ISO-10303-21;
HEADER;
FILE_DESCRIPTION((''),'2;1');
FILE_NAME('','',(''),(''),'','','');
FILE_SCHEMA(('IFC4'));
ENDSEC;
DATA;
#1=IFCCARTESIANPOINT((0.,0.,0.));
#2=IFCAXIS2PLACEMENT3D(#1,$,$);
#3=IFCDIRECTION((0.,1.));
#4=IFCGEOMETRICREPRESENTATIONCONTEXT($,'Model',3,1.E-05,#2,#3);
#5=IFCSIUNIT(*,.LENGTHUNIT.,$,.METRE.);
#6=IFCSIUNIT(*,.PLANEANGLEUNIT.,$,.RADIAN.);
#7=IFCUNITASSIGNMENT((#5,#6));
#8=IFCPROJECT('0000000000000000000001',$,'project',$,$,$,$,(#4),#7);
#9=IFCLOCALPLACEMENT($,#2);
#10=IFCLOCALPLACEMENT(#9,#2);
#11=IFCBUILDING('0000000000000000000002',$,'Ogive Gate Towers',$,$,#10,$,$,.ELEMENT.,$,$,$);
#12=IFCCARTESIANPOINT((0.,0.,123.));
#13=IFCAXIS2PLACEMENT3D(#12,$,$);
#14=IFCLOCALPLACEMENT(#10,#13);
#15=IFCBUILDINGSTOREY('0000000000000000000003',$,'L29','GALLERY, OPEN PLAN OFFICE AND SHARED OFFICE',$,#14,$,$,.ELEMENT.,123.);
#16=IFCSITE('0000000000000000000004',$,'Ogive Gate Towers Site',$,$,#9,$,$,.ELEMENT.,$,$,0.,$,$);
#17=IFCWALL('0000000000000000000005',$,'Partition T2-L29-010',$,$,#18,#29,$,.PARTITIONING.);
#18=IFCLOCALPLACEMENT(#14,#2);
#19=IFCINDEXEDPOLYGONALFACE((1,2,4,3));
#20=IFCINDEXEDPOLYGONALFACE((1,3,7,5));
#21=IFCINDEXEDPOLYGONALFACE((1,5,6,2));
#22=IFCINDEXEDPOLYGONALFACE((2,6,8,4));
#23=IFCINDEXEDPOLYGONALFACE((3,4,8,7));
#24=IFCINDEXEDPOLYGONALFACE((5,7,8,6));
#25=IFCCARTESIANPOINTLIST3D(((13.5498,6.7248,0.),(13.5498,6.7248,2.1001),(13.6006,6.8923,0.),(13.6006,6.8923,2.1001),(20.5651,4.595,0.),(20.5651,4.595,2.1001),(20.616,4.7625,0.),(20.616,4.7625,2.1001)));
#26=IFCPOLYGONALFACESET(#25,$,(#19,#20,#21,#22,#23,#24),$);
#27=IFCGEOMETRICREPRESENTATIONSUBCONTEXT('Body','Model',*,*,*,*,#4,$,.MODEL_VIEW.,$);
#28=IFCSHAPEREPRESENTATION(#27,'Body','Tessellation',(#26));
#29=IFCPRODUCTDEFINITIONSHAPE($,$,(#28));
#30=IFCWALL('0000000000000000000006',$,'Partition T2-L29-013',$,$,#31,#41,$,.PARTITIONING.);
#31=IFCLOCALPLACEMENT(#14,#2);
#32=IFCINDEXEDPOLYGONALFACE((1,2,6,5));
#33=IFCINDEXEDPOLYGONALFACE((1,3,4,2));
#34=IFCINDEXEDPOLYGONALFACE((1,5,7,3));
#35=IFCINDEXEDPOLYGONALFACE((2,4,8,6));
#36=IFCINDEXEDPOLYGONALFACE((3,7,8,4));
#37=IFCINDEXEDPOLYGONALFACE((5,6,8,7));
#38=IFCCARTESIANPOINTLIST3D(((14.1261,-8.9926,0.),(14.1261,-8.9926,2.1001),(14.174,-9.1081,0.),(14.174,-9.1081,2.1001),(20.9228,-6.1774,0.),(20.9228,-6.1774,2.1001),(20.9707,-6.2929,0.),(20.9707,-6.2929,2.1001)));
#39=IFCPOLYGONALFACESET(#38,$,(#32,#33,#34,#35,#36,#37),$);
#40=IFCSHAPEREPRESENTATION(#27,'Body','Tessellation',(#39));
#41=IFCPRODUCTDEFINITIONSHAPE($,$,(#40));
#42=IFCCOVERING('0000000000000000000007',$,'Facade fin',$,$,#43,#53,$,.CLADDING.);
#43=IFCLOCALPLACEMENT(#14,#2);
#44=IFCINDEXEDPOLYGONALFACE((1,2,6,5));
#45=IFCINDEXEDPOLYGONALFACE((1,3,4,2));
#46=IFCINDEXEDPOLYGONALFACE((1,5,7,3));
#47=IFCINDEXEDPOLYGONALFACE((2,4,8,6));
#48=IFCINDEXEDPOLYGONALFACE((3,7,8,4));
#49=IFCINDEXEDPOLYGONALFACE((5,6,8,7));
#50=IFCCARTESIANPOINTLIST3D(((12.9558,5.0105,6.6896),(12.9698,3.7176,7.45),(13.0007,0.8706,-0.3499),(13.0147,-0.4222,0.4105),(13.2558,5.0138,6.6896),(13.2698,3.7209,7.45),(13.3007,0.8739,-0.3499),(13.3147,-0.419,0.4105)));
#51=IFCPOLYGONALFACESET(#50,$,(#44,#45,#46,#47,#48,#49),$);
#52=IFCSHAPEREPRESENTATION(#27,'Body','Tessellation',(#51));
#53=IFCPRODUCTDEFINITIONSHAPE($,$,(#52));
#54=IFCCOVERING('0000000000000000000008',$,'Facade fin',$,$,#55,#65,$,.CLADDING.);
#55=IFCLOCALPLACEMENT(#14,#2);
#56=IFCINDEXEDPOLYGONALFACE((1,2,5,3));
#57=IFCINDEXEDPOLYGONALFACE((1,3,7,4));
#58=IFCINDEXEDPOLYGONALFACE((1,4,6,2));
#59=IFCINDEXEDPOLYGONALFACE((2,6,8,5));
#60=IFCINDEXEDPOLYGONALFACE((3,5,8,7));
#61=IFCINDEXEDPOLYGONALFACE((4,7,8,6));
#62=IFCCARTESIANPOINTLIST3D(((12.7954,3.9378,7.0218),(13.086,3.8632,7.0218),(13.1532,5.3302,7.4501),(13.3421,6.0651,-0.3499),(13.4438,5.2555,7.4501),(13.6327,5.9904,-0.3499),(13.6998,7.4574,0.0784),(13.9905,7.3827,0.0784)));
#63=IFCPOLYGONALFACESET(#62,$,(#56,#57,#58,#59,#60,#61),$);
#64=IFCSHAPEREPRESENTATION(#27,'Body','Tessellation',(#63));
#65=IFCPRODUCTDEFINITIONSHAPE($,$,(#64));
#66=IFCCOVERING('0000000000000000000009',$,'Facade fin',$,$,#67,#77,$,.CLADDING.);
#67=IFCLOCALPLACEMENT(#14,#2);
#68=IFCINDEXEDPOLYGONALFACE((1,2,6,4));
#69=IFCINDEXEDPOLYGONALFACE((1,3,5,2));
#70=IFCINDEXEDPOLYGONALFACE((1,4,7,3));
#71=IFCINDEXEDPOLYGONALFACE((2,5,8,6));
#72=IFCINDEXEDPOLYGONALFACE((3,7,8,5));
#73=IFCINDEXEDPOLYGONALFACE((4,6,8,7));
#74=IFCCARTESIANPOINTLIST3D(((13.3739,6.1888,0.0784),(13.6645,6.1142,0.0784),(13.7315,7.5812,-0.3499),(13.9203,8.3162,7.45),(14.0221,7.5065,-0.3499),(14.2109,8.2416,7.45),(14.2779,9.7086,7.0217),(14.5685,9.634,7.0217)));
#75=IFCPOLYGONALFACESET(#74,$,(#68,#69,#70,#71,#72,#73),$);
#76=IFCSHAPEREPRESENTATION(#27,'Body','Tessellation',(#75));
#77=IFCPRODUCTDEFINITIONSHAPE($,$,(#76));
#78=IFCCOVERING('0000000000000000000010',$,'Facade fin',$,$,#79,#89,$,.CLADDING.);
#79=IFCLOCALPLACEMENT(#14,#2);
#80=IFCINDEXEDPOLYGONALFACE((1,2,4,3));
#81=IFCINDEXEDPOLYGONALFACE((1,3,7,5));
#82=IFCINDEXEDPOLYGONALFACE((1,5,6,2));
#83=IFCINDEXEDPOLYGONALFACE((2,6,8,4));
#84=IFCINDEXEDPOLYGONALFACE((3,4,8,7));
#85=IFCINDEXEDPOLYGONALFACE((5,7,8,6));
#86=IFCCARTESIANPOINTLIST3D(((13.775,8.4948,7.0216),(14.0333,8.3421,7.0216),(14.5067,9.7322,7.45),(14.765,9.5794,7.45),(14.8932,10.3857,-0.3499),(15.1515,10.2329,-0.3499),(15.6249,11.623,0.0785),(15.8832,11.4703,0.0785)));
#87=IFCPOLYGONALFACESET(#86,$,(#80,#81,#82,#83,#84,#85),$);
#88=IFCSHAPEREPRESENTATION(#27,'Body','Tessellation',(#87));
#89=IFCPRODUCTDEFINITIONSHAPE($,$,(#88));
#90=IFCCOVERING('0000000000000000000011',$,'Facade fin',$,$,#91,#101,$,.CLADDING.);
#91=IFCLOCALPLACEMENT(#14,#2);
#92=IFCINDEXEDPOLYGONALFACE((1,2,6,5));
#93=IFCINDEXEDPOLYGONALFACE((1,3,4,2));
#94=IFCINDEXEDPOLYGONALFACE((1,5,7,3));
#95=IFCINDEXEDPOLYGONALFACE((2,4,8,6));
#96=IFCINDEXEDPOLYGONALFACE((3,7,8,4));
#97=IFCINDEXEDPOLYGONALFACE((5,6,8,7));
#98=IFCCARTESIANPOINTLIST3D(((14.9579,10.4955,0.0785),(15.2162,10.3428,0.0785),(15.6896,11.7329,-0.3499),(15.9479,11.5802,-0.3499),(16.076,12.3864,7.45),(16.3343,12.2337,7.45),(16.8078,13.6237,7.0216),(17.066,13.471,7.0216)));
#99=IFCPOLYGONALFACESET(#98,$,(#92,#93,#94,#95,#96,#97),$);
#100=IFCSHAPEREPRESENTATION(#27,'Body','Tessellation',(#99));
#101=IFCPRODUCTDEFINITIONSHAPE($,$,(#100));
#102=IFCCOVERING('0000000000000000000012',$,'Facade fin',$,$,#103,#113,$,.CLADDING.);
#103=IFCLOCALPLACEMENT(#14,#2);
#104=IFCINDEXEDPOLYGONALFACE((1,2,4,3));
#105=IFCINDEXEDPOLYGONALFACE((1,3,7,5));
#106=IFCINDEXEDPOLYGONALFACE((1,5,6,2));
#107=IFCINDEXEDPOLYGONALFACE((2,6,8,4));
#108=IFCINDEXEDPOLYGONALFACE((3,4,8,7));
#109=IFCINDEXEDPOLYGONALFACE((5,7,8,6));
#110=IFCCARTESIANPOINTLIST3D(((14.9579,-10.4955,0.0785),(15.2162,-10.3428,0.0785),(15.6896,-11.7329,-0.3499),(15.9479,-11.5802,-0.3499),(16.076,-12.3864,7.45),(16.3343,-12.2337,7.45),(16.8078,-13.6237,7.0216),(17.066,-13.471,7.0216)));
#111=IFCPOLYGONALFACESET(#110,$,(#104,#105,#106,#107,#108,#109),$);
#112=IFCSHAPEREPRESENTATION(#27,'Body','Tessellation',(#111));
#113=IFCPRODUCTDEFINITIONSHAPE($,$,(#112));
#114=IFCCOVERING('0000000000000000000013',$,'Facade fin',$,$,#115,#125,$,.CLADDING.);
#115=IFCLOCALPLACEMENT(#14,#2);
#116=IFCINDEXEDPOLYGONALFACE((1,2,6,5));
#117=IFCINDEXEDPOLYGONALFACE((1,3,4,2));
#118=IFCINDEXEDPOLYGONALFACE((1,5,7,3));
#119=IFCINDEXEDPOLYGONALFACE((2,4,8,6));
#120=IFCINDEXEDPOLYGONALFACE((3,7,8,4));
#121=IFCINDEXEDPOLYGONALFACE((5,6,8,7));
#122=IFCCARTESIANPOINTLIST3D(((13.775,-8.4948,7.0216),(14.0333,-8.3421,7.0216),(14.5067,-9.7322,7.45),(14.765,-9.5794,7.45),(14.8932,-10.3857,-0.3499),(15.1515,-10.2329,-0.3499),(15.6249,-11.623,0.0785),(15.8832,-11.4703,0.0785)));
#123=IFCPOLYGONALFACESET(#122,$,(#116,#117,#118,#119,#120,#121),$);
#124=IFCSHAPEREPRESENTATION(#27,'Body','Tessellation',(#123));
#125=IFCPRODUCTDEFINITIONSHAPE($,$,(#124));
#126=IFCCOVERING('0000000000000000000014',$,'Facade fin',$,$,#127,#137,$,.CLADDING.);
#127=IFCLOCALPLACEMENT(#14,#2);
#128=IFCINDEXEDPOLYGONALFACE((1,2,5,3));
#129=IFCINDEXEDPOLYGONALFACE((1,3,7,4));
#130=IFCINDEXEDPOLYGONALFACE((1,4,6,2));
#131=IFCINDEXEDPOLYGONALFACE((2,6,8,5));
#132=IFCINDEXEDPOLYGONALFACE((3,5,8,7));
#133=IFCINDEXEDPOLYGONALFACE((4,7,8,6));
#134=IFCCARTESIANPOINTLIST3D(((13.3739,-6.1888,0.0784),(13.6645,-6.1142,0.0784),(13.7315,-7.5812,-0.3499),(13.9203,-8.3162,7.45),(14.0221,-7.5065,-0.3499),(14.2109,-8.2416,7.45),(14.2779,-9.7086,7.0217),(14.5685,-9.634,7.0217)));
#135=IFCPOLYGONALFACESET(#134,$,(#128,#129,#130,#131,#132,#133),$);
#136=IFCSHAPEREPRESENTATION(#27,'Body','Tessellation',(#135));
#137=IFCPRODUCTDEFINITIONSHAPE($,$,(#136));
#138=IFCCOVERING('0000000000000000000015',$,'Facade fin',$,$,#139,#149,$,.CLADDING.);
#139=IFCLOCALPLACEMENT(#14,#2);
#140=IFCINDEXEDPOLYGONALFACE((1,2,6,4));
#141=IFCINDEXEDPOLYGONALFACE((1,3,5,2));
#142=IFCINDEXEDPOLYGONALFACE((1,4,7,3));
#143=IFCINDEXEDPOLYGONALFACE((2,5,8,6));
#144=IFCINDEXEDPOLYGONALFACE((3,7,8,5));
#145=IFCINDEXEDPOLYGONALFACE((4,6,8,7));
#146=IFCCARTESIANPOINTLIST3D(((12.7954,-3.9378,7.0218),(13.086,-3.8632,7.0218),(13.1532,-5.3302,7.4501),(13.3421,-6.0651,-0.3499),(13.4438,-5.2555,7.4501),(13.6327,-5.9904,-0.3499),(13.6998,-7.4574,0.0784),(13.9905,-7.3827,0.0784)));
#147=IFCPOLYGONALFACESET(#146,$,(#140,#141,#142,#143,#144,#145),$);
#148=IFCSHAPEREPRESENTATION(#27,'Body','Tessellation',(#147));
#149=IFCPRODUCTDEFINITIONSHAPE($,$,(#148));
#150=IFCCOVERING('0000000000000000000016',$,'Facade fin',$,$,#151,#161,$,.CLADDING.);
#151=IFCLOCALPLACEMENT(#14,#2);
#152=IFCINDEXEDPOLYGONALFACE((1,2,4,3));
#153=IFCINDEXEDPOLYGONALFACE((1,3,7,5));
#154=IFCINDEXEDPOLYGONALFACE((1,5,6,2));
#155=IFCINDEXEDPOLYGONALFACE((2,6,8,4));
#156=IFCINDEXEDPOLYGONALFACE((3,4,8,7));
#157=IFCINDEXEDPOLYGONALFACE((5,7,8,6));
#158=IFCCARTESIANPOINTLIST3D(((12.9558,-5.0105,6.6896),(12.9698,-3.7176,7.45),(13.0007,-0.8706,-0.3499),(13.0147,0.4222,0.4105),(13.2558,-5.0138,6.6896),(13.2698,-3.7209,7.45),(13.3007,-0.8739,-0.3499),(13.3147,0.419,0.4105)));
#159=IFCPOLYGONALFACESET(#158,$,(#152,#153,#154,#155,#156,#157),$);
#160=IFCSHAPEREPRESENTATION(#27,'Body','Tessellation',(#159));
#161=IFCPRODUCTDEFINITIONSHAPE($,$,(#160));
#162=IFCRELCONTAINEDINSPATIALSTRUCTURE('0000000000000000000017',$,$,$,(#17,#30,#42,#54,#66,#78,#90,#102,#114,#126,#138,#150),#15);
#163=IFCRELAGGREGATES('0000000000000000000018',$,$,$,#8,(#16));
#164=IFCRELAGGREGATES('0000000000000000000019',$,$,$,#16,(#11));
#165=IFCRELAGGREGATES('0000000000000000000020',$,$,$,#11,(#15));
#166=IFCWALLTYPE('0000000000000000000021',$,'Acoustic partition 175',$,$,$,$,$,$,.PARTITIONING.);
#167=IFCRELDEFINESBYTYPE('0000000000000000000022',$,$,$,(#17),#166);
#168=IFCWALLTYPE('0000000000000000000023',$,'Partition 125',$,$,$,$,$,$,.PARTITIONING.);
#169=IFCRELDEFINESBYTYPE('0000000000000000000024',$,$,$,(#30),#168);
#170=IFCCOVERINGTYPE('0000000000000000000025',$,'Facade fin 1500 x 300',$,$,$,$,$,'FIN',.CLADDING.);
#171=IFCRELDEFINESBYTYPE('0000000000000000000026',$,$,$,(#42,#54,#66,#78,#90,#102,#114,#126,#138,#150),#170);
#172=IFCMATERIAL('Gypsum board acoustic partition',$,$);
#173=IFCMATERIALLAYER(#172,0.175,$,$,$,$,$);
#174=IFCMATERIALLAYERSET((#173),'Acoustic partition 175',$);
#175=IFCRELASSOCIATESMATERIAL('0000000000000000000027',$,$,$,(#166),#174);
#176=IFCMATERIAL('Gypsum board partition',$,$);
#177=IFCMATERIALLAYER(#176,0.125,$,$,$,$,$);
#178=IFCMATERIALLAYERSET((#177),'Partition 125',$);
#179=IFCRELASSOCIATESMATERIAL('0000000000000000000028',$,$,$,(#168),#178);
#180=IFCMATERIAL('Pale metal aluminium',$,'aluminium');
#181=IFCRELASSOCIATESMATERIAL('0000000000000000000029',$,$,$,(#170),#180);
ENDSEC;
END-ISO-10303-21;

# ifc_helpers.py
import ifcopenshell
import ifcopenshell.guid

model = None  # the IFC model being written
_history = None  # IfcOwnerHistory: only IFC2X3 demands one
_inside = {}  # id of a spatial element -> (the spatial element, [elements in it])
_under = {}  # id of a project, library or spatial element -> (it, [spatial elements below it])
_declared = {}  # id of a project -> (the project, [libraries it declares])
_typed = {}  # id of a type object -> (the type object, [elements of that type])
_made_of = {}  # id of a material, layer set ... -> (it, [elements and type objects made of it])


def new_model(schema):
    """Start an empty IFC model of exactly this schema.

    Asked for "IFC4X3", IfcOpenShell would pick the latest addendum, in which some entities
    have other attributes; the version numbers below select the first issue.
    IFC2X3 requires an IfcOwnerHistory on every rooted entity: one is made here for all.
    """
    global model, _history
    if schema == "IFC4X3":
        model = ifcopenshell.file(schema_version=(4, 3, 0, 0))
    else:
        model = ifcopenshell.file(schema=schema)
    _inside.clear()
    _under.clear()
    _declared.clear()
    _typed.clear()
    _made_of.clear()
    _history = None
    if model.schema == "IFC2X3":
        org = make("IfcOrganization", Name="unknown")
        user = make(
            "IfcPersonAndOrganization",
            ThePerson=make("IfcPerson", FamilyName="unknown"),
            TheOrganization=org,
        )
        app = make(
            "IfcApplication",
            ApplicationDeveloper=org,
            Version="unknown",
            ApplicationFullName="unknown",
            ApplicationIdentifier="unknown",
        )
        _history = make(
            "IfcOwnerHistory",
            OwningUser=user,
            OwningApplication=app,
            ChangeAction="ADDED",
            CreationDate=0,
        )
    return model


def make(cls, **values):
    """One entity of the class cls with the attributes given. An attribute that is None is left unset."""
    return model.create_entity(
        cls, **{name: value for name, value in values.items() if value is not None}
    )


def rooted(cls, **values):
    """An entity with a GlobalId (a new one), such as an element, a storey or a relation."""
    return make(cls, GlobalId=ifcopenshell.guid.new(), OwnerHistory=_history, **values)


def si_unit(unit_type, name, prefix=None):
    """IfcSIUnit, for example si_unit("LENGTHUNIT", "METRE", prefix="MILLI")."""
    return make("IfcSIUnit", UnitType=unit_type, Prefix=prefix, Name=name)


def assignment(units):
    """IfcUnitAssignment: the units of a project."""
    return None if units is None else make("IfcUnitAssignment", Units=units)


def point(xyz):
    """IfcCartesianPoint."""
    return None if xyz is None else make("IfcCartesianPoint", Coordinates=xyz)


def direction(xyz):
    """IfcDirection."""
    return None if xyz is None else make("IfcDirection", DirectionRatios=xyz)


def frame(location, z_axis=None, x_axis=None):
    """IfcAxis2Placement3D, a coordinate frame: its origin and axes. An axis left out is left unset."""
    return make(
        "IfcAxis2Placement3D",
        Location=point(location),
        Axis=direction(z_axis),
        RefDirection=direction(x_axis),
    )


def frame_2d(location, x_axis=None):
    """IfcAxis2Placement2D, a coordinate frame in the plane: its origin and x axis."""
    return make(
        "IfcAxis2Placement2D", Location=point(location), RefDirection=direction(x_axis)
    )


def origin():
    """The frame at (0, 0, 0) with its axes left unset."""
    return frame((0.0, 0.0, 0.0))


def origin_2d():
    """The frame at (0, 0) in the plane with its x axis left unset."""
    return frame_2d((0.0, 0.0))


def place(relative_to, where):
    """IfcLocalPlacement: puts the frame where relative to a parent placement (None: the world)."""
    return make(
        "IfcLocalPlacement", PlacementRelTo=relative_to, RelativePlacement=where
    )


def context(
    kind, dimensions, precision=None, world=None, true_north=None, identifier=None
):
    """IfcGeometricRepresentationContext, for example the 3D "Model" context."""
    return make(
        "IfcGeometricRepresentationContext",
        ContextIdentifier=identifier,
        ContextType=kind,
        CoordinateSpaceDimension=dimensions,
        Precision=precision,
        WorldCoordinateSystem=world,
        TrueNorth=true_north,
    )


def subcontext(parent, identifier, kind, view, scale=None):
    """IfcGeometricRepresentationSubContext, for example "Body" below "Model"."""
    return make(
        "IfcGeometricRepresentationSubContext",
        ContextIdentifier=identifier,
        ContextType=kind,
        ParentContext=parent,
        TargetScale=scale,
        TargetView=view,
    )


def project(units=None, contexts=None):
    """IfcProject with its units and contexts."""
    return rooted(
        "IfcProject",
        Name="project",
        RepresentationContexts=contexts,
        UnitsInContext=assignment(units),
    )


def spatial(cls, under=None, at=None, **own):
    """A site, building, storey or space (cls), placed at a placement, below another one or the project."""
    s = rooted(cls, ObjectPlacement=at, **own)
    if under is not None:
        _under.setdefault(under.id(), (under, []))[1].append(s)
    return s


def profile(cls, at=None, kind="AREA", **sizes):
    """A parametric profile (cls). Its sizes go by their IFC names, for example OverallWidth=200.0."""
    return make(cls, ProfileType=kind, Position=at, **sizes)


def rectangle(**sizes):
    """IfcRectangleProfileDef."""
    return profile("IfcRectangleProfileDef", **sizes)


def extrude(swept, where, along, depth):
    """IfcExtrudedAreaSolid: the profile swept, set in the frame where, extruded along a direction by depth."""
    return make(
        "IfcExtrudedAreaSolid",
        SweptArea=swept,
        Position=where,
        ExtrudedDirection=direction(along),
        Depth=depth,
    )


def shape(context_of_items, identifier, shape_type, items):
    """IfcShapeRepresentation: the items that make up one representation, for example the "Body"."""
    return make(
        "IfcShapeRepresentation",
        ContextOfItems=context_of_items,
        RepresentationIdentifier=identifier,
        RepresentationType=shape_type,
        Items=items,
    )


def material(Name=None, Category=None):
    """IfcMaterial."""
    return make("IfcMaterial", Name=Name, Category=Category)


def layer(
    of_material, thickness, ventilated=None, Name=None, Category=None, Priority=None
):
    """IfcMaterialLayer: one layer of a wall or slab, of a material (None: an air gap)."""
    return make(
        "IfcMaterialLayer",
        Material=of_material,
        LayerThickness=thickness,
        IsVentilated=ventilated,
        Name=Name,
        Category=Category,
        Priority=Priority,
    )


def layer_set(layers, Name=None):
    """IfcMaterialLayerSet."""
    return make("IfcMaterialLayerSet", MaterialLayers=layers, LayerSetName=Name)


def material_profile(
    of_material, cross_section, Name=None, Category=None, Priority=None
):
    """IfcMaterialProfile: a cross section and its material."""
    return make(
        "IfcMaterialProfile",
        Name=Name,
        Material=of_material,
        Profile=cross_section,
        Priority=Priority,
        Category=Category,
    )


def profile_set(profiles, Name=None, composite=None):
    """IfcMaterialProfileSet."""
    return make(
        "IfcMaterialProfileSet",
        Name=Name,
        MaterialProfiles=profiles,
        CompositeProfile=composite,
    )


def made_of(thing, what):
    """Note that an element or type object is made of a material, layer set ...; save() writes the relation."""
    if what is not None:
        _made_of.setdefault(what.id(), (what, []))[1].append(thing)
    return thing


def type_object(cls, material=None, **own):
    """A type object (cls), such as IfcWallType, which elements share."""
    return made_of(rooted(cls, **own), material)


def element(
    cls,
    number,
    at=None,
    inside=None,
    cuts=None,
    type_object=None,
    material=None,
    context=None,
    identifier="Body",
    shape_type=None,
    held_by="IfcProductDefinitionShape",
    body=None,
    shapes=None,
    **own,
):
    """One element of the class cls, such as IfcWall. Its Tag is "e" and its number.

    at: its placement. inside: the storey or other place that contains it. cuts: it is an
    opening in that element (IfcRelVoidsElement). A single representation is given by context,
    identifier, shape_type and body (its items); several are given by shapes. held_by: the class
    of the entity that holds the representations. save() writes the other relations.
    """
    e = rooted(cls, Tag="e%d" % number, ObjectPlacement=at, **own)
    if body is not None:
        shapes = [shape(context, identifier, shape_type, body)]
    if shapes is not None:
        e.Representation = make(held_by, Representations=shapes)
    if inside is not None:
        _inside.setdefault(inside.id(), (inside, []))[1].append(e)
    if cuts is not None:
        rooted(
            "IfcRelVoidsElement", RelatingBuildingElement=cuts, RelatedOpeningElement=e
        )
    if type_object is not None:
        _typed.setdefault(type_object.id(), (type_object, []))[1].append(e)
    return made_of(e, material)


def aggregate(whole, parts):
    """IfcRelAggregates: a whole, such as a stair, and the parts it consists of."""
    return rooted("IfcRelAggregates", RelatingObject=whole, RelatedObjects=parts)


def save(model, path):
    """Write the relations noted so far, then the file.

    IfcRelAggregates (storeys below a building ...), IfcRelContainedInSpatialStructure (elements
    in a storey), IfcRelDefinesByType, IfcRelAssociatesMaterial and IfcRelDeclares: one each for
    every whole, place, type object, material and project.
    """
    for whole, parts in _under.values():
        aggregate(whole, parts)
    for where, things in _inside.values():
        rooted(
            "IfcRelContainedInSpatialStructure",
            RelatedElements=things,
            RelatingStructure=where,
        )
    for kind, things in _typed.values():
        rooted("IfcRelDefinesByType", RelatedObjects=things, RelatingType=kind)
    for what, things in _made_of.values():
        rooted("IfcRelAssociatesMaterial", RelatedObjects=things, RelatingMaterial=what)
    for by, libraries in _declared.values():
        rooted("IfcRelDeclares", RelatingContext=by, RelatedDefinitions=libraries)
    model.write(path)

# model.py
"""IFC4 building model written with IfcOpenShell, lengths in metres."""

from ifc_helpers import new_model, si_unit, direction, frame, frame_2d, origin, origin_2d, place, context, subcontext, project, spatial, rectangle, extrude, material, layer, layer_set, material_profile, profile_set, type_object, element, save


model = new_model("IFC4")

# Units and contexts
model_context = context("Model", 3, precision=1e-05, world=origin(), true_north=direction((0.0, 1.0)))
body_context = subcontext(model_context, "Body", "Model", "MODEL_VIEW")
ifc_project = project(units=[si_unit("LENGTHUNIT", "METRE"), si_unit("PLANEANGLEUNIT", "RADIAN")], contexts=[model_context])

# Site, building, storey
site_placement = place(None, origin())
site = spatial("IfcSite", under=ifc_project, at=site_placement, Name="Ogive Gate Towers Site", CompositionType="ELEMENT", RefElevation=0.0)
building_placement = place(site_placement, origin())
building = spatial("IfcBuilding", under=site, at=building_placement, Name="Ogive Gate Towers", CompositionType="ELEMENT")
storey_placement = place(building_placement, frame((0.0, 0.0, 123.0)))
storey = spatial("IfcBuildingStorey", under=building, at=storey_placement, Name="L29", Description="GALLERY, OPEN PLAN OFFICE AND SHARED OFFICE", CompositionType="ELEMENT", Elevation=123.0)

# Shared definitions
ifc_material_1 = material(Name="Pale metal aluminium", Category="aluminium")

# Walls
ifc_material_2 = material(Name="Gypsum board acoustic partition")
ifc_layer_1 = layer(ifc_material_2, 0.175)
ifc_layer_set_1 = layer_set([ifc_layer_1], Name="Acoustic partition 175")
wall_type_1 = type_object("IfcWallType", Name="Acoustic partition 175", PredefinedType="PARTITIONING", material=ifc_layer_set_1)
wall_1_placement = place(storey_placement, frame((13.5752, 6.8086, 0.0), z_axis=(0.0, 0.0, 1.0), x_axis=(0.956872, -0.290508, 0.0)))
element("IfcWall", 1, at=wall_1_placement, inside=storey, type_object=wall_type_1, Name="Partition T2-L29-010", PredefinedType="PARTITIONING", context=body_context, shape_type="SweptSolid", body=[
    extrude(rectangle(XDim=7.3315, YDim=0.175, at=frame_2d((3.6658, 0.0))), origin(), (0.0, 0.0, 1.0), 2.1001),
])
ifc_material_3 = material(Name="Gypsum board partition")
ifc_layer_2 = layer(ifc_material_3, 0.125)
ifc_layer_set_2 = layer_set([ifc_layer_2], Name="Partition 125")
wall_type_2 = type_object("IfcWallType", Name="Partition 125", PredefinedType="PARTITIONING", material=ifc_layer_set_2)
wall_2_placement = place(storey_placement, frame((14.1501, -9.0503, 0.0), z_axis=(0.0, 0.0, 1.0), x_axis=(0.923883, 0.382675, 0.0)))
element("IfcWall", 2, at=wall_2_placement, inside=storey, type_object=wall_type_2, Name="Partition T2-L29-013", PredefinedType="PARTITIONING", context=body_context, shape_type="SweptSolid", body=[
    extrude(rectangle(XDim=7.3567, YDim=0.125, at=frame_2d((3.6782, 0.0))), origin(), (0.0, 0.0, 1.0), 2.1001),
])

# Coverings
ifc_material_profile_1 = material_profile(ifc_material_1, rectangle(XDim=0.3, YDim=1.5, at=origin_2d()), Name="1500 x 300 pale metal aluminium")
ifc_profile_set_1 = profile_set([ifc_material_profile_1], Name="Pale metal aluminium")
covering_type = type_object("IfcCoveringType", Name="Facade fin 1500 x 300", ElementType="FIN", PredefinedType="CLADDING", material=ifc_profile_set_1)
covering_1_placement = place(storey_placement, frame((13.1577, 0.2258, 0.0303), z_axis=(-0.005501, 0.50692, 0.861976), x_axis=(-0.999941, -0.01085, 0.0)))
element("IfcCovering", 3, at=covering_1_placement, inside=storey, type_object=covering_type, Name="Facade fin", PredefinedType="CLADDING", context=body_context, shape_type="SweptSolid", body=[
    extrude(rectangle(XDim=0.3, YDim=1.5, at=origin_2d()), origin(), (0.0, 0.0, 1.0), 8.1667),
])
for number, where, z_axis, x_axis, name in (
    (4, (13.6663, 6.7239, -0.1357), (-0.071067, -0.276553, 0.958367), (0.968533, -0.248886, 0.0), "Facade fin"),
    (5, (13.698, 6.8477, -0.1357), (0.071034, 0.276583, 0.958361), (-0.968566, 0.248755, 0.0), "Facade fin"),
    (6, (15.3882, 10.928, -0.1357), (-0.145368, -0.245825, 0.958352), (0.860761, -0.50901, 0.0), "Facade fin"),
    (7, (15.4529, 11.0378, -0.1357), (0.145368, 0.245825, 0.958352), (-0.860761, 0.50901, 0.0), "Facade fin"),
    (8, (15.4529, -11.0378, -0.1357), (0.145368, -0.245825, 0.958352), (0.860761, 0.50901, 0.0), "Facade fin"),
    (9, (15.3882, -10.928, -0.1357), (-0.145368, 0.245825, 0.958352), (-0.860761, -0.50901, 0.0), "Facade fin"),
    (10, (13.698, -6.8477, -0.1357), (0.071034, -0.276583, 0.958361), (0.968566, 0.248755, 0.0), "Facade fin"),
    (11, (13.6663, -6.7239, -0.1357), (-0.071067, 0.276553, 0.958367), (-0.968533, -0.248886, 0.0), "Facade fin"),
):
    element("IfcCovering", number, at=place(storey_placement, frame(where, z_axis=z_axis, x_axis=x_axis)), inside=storey, type_object=covering_type, Name=name, PredefinedType="CLADDING", context=body_context, shape_type="SweptSolid", body=[
        extrude(rectangle(XDim=0.3, YDim=1.5, at=origin_2d()), origin(), (0.0, 0.0, 1.0), 7.6919),
    ])
covering_2_placement = place(storey_placement, frame((13.1577, -0.2258, 0.0303), z_axis=(-0.005501, -0.50692, 0.861976), x_axis=(0.999941, -0.01085, 0.0)))
element("IfcCovering", 12, at=covering_2_placement, inside=storey, type_object=covering_type, Name="Facade fin", PredefinedType="CLADDING", context=body_context, shape_type="SweptSolid", body=[
    extrude(rectangle(XDim=0.3, YDim=1.5, at=origin_2d()), origin(), (0.0, 0.0, 1.0), 8.1667),
])

save(model, "model.ifc")
